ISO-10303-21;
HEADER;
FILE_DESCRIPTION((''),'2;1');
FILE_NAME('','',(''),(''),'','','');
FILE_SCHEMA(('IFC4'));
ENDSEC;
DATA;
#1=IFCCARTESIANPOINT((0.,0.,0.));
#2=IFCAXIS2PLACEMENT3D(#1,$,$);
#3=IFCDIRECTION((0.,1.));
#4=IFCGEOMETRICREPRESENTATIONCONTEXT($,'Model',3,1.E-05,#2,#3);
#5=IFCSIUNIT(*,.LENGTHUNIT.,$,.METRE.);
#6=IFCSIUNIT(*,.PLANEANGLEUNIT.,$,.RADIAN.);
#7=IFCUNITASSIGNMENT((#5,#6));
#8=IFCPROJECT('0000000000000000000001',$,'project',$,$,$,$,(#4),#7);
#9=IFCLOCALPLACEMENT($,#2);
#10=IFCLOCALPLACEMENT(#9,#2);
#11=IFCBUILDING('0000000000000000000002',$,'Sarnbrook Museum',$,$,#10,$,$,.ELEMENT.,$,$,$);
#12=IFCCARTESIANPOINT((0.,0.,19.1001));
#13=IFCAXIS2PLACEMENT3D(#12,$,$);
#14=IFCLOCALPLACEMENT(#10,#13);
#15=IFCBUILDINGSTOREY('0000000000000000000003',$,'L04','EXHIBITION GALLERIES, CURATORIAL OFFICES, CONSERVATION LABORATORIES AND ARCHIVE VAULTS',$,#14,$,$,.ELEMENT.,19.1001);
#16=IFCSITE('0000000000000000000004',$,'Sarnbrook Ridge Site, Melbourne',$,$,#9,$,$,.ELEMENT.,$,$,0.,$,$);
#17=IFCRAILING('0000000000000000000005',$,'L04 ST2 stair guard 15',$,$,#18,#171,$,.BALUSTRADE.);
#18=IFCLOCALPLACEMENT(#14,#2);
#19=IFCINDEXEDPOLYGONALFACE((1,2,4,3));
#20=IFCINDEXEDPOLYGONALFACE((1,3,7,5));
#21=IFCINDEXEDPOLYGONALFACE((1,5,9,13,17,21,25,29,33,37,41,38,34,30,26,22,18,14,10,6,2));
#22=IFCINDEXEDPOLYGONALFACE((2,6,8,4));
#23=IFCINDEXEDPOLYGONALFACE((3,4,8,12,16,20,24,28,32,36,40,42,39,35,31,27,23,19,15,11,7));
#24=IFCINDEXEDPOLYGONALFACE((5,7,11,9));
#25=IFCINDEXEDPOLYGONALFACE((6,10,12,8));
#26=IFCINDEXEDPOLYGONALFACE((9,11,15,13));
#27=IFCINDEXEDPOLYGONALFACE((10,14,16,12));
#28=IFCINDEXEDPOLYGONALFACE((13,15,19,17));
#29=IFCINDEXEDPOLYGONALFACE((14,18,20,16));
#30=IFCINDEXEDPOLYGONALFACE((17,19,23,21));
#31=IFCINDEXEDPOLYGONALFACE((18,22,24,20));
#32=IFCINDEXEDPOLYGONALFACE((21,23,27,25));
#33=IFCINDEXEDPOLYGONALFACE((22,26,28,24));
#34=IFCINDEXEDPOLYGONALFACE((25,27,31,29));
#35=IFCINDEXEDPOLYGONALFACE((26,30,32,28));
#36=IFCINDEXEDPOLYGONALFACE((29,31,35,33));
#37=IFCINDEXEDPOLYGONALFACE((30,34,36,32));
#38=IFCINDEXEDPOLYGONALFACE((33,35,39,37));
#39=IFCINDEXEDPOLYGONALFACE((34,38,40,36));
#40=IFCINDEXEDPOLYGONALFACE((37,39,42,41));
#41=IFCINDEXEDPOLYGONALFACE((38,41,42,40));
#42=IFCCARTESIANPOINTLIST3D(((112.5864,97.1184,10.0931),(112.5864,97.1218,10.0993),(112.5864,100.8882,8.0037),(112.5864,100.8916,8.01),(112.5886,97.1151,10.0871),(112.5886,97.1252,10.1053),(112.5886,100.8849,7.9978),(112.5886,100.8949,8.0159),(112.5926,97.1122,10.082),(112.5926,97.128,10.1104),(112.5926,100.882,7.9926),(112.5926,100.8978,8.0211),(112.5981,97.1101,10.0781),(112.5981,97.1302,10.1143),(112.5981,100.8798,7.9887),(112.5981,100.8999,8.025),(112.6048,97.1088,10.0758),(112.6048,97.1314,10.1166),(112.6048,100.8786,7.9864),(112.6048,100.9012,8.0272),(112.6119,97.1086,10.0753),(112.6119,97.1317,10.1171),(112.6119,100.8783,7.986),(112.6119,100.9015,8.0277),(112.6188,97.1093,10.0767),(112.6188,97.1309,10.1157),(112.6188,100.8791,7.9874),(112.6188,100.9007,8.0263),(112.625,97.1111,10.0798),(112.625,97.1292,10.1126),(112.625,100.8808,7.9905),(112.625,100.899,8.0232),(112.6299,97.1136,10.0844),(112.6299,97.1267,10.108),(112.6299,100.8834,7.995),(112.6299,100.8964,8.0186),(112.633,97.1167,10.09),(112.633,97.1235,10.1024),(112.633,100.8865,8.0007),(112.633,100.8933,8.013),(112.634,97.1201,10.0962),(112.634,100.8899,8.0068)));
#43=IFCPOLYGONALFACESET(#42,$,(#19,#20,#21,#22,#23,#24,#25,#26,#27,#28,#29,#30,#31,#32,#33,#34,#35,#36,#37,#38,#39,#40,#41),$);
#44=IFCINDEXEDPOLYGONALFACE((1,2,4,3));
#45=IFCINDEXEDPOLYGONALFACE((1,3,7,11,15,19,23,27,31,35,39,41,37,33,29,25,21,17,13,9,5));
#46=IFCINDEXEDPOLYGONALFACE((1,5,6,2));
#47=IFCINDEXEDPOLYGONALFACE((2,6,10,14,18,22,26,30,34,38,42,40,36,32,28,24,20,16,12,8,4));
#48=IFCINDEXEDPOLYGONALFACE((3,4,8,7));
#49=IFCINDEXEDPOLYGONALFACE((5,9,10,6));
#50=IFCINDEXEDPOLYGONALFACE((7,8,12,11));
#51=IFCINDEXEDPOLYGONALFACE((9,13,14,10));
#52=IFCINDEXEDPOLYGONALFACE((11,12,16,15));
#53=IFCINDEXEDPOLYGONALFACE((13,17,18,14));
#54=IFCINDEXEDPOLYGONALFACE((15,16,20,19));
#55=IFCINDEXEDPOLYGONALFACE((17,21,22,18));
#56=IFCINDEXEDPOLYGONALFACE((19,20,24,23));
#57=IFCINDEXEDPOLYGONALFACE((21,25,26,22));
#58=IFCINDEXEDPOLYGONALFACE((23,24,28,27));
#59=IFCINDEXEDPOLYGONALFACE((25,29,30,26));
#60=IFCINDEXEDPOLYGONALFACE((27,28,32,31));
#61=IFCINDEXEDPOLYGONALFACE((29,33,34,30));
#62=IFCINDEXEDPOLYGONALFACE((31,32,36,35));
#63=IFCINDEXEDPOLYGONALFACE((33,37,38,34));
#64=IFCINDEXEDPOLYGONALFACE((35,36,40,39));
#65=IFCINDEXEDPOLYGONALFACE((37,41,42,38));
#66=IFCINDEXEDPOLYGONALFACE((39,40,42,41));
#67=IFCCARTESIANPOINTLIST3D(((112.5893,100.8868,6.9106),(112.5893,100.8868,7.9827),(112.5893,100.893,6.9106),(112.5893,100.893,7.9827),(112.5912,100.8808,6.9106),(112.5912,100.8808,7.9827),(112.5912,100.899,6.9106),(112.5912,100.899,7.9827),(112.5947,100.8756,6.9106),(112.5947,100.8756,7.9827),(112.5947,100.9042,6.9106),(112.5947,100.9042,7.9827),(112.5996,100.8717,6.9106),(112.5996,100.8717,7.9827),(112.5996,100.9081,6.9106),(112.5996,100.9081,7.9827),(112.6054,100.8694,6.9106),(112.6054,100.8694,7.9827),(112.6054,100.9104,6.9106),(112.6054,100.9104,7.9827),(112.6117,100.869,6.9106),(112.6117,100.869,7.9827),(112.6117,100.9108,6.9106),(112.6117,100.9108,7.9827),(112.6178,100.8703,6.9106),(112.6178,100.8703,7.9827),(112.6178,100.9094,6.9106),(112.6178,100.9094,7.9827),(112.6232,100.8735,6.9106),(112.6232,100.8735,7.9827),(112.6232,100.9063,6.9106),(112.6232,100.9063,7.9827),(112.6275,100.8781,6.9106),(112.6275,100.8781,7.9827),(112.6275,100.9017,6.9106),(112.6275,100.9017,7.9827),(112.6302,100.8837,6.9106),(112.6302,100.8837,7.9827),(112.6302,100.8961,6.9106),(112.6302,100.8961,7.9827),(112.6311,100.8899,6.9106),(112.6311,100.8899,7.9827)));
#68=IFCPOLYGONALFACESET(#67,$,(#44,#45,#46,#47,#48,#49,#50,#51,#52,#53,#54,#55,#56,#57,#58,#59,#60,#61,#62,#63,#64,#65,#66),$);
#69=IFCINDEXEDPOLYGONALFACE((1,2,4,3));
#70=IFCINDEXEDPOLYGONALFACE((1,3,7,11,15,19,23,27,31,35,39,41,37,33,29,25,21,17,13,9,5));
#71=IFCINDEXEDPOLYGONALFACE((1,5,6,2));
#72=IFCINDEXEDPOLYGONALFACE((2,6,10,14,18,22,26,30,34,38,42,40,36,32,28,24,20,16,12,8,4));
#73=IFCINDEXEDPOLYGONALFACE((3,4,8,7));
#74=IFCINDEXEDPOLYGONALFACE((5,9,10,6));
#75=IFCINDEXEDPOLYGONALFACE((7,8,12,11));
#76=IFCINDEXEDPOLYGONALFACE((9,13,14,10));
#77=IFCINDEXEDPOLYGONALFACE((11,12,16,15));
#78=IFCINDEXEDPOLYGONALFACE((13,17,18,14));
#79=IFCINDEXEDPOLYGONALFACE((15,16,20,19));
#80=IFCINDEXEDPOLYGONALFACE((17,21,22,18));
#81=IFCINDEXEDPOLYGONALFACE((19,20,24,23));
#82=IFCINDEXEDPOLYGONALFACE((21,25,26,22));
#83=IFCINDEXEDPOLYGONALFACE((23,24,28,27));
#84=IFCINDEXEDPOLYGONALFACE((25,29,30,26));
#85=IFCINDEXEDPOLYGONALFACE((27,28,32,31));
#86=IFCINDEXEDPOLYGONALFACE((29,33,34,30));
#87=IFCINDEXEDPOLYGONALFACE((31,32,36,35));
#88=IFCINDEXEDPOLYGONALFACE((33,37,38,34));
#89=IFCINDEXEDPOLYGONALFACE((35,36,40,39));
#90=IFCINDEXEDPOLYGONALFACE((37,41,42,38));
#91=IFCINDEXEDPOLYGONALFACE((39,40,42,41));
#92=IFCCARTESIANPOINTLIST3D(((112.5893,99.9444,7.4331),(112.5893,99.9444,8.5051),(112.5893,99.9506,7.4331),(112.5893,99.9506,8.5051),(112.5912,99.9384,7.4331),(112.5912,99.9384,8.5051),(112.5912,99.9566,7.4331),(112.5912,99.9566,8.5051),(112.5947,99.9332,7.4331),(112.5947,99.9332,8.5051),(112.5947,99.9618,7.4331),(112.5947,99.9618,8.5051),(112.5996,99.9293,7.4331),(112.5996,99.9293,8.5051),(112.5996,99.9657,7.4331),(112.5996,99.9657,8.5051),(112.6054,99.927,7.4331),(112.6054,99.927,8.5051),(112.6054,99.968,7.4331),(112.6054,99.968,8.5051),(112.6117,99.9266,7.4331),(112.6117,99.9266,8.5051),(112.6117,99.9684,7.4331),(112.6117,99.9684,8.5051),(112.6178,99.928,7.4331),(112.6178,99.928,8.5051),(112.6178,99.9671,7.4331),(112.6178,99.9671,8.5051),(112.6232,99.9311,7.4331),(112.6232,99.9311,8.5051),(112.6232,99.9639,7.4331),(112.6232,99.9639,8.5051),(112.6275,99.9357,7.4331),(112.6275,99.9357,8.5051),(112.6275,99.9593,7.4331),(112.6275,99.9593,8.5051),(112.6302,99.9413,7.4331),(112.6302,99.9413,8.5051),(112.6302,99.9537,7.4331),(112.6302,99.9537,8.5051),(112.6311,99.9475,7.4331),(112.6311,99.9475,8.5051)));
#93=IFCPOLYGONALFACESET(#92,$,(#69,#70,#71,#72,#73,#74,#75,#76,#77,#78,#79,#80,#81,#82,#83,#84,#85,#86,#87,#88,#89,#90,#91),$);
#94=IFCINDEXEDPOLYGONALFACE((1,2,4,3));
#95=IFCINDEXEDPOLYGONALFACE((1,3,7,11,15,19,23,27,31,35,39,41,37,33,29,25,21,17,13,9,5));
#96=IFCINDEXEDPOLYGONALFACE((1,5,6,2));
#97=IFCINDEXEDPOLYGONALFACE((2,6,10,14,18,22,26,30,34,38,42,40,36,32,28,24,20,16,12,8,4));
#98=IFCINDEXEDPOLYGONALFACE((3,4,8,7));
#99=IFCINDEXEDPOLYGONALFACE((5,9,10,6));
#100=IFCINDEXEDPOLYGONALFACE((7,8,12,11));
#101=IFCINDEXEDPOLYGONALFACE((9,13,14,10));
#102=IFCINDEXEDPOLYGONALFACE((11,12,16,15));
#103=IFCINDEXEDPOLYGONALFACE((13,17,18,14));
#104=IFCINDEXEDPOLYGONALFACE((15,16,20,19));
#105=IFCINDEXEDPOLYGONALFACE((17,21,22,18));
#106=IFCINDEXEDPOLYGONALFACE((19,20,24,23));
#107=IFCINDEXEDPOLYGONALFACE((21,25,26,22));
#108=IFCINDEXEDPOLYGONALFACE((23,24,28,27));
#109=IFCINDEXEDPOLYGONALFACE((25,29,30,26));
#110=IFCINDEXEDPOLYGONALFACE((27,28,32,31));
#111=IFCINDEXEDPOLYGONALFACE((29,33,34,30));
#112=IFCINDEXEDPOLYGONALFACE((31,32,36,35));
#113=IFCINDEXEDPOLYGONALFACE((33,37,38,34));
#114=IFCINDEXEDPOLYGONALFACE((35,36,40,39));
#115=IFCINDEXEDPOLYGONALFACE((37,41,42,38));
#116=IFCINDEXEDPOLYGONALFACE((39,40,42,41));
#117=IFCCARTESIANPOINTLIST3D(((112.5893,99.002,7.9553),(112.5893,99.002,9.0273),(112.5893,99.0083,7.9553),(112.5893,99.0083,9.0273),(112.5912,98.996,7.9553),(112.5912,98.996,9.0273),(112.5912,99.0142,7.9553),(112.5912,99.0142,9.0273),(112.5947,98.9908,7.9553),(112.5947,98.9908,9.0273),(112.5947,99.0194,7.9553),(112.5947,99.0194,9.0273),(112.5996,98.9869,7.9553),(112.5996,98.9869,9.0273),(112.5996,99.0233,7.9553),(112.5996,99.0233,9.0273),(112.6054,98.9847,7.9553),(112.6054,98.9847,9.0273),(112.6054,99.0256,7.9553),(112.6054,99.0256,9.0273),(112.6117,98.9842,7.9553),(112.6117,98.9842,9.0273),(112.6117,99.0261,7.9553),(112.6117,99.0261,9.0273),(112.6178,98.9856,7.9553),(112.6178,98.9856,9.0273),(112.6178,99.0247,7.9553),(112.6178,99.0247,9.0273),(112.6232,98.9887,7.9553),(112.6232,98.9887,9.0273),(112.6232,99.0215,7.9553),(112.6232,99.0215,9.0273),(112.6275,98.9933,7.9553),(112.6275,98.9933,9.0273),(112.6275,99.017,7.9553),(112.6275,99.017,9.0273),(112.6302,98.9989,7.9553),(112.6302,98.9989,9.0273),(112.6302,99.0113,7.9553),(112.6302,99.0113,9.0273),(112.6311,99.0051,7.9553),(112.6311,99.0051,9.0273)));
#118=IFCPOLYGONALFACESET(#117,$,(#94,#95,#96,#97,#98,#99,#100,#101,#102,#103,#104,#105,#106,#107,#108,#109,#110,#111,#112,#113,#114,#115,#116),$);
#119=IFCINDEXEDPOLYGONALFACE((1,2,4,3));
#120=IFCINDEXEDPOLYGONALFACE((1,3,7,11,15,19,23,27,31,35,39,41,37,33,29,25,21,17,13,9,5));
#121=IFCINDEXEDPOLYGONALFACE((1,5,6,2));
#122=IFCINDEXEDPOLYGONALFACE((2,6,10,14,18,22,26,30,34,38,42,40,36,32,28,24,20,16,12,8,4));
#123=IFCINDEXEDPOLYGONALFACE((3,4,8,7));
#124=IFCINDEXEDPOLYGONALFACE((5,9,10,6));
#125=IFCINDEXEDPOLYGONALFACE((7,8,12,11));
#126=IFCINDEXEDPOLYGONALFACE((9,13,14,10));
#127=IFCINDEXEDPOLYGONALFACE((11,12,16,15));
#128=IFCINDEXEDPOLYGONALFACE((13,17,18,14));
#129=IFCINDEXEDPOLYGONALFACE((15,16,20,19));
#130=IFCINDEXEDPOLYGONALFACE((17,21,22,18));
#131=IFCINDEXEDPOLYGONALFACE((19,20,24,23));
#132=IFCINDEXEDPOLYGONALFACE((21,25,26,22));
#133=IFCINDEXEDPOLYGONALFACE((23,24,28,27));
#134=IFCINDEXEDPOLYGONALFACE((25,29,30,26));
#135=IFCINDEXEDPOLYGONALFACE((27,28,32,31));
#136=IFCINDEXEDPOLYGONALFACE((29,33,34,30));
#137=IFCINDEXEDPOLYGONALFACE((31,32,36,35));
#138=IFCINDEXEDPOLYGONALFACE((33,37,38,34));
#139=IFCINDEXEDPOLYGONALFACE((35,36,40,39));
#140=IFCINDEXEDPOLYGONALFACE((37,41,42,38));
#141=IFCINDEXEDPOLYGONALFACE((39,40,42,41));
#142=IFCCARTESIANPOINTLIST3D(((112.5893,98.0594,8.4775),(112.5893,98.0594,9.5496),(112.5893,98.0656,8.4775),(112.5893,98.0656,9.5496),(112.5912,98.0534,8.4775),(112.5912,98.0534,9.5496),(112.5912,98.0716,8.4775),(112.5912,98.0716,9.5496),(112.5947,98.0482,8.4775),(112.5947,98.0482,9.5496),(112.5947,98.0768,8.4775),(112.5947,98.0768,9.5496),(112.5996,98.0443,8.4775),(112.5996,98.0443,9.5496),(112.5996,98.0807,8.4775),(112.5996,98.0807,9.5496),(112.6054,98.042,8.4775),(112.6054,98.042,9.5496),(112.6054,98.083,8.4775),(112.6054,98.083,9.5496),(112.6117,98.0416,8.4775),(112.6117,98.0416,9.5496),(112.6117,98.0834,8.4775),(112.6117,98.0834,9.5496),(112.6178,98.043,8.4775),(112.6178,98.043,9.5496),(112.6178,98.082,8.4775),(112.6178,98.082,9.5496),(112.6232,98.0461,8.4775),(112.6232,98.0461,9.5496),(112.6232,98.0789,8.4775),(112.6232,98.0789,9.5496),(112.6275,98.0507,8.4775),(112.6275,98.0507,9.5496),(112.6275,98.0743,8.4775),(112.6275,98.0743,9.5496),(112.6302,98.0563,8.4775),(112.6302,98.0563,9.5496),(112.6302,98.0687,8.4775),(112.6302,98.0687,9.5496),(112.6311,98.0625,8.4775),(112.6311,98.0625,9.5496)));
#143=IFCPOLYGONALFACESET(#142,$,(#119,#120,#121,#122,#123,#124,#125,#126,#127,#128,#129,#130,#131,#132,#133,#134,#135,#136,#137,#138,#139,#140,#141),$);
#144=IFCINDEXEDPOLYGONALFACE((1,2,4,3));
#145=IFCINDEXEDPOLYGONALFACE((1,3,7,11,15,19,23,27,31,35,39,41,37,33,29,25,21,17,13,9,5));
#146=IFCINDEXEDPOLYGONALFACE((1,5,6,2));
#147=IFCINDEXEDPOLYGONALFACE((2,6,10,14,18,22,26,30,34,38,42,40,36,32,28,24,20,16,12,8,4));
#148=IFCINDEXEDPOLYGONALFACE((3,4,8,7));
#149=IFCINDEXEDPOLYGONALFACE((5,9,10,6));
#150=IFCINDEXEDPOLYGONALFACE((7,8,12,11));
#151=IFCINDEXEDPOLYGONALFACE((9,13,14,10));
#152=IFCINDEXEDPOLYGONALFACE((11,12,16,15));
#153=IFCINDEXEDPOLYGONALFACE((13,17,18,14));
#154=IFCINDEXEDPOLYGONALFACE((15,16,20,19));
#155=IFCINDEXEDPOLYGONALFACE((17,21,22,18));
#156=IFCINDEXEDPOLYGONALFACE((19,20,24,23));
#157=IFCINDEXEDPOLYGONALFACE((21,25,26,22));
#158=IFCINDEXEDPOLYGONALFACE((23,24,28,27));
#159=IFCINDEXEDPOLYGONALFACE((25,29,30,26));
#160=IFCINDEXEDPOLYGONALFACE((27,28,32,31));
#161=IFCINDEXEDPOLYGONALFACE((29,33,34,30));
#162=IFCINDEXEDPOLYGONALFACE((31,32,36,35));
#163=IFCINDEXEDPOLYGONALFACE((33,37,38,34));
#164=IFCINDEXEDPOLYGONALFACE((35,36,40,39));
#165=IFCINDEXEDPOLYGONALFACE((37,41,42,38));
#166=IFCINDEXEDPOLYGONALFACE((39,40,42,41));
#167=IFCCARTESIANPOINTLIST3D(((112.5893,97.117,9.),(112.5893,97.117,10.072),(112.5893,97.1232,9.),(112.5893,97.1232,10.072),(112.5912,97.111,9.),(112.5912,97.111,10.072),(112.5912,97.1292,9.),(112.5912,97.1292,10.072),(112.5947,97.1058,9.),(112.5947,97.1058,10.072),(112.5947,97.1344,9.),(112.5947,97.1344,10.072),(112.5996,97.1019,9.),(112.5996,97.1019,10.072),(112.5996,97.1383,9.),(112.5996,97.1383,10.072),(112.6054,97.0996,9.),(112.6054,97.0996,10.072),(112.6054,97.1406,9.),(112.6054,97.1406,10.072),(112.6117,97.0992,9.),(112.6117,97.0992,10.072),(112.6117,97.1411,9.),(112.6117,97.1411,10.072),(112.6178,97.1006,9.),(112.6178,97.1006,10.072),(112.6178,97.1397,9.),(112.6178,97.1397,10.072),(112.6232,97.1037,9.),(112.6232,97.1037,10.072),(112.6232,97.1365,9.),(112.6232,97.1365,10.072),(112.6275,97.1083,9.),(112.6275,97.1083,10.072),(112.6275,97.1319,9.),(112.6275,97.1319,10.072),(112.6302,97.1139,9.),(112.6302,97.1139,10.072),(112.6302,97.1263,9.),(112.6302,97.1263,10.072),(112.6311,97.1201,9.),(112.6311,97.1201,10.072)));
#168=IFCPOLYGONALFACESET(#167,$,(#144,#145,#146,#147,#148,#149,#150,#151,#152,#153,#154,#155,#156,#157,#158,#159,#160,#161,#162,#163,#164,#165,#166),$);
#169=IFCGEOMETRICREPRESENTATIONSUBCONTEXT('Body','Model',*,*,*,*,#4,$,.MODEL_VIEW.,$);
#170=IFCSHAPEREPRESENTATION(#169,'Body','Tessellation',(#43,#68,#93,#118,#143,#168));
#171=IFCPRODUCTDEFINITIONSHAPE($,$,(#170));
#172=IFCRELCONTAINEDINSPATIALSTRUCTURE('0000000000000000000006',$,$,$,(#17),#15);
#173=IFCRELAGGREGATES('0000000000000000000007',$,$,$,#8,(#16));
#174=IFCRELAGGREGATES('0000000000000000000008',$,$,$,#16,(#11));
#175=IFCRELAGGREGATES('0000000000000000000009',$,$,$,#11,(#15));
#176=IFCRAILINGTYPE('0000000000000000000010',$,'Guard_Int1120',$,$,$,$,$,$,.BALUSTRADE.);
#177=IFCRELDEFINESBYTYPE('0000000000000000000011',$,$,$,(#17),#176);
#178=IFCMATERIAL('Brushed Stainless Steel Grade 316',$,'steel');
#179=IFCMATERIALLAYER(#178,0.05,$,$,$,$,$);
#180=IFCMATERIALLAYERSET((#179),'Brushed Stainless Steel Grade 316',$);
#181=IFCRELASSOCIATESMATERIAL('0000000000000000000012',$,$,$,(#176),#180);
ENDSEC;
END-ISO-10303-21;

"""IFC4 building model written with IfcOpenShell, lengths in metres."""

from ifc_helpers import new_model, si_unit, direction, frame, origin, origin_2d, place, context, subcontext, project, spatial, circle, extrude, material, layer, layer_set, type_object, element, save


model = new_model("IFC4")

# Units and contexts
model_context = context("Model", 3, precision=1e-05, world=origin(), true_north=direction((0.0, 1.0)))
body_context = subcontext(model_context, "Body", "Model", "MODEL_VIEW")
ifc_project = project(units=[si_unit("LENGTHUNIT", "METRE"), si_unit("PLANEANGLEUNIT", "RADIAN")], contexts=[model_context])

# Site, building, storey
site_placement = place(None, origin())
site = spatial("IfcSite", under=ifc_project, at=site_placement, Name="Sarnbrook Ridge Site, Melbourne", CompositionType="ELEMENT", RefElevation=0.0)
building_placement = place(site_placement, origin())
building = spatial("IfcBuilding", under=site, at=building_placement, Name="Sarnbrook Museum", CompositionType="ELEMENT")
storey_placement = place(building_placement, frame((0.0, 0.0, 19.1001)))
storey = spatial("IfcBuildingStorey", under=building, at=storey_placement, Name="L04", Description="EXHIBITION GALLERIES, CURATORIAL OFFICES, CONSERVATION LABORATORIES AND ARCHIVE VAULTS", CompositionType="ELEMENT", Elevation=19.1001)

# Shared definitions
ifc_material_1 = material(Name="Brushed Stainless Steel Grade 316", Category="steel")

# Railing
ifc_layer_1 = layer(ifc_material_1, 0.05)
ifc_layer_set_1 = layer_set([ifc_layer_1], Name="Brushed Stainless Steel Grade 316")
railing_type_1 = type_object("IfcRailingType", Name="Guard_Int1120", PredefinedType="BALUSTRADE", material=ifc_layer_set_1)
railing_1_placement = place(storey_placement, frame((112.6101, 100.8899, 6.9106)))
element("IfcRailing", 1, at=railing_1_placement, inside=storey, type_object=railing_type_1, Name="L04 ST2 stair guard 15", PredefinedType="BALUSTRADE", context=body_context, shape_type="SweptSolid", body=[
    extrude(circle(Radius=0.0239, at=origin_2d()), frame((0.0, 0.0, 1.0962), z_axis=(0.0, -0.874646, 0.484763), x_axis=(1.0, 0.0, 0.0)), (0.0, 0.0, 1.0), 4.3101),
    extrude(circle(Radius=0.021, at=origin_2d()), origin(), (0.0, 0.0, 1.0), 1.072),
    extrude(circle(Radius=0.021, at=origin_2d()), frame((0.0, -0.9424, 0.5225)), (0.0, 0.0, 1.0), 1.072),
    extrude(circle(Radius=0.021, at=origin_2d()), frame((0.0, -1.8848, 1.0447)), (0.0, 0.0, 1.0), 1.072),
    extrude(circle(Radius=0.021, at=origin_2d()), frame((0.0, -2.8274, 1.5669)), (0.0, 0.0, 1.0), 1.072),
    extrude(circle(Radius=0.021, at=origin_2d()), frame((0.0, -3.7698, 2.0894)), (0.0, 0.0, 1.0), 1.072),
])

save(model, "model.ifc")
